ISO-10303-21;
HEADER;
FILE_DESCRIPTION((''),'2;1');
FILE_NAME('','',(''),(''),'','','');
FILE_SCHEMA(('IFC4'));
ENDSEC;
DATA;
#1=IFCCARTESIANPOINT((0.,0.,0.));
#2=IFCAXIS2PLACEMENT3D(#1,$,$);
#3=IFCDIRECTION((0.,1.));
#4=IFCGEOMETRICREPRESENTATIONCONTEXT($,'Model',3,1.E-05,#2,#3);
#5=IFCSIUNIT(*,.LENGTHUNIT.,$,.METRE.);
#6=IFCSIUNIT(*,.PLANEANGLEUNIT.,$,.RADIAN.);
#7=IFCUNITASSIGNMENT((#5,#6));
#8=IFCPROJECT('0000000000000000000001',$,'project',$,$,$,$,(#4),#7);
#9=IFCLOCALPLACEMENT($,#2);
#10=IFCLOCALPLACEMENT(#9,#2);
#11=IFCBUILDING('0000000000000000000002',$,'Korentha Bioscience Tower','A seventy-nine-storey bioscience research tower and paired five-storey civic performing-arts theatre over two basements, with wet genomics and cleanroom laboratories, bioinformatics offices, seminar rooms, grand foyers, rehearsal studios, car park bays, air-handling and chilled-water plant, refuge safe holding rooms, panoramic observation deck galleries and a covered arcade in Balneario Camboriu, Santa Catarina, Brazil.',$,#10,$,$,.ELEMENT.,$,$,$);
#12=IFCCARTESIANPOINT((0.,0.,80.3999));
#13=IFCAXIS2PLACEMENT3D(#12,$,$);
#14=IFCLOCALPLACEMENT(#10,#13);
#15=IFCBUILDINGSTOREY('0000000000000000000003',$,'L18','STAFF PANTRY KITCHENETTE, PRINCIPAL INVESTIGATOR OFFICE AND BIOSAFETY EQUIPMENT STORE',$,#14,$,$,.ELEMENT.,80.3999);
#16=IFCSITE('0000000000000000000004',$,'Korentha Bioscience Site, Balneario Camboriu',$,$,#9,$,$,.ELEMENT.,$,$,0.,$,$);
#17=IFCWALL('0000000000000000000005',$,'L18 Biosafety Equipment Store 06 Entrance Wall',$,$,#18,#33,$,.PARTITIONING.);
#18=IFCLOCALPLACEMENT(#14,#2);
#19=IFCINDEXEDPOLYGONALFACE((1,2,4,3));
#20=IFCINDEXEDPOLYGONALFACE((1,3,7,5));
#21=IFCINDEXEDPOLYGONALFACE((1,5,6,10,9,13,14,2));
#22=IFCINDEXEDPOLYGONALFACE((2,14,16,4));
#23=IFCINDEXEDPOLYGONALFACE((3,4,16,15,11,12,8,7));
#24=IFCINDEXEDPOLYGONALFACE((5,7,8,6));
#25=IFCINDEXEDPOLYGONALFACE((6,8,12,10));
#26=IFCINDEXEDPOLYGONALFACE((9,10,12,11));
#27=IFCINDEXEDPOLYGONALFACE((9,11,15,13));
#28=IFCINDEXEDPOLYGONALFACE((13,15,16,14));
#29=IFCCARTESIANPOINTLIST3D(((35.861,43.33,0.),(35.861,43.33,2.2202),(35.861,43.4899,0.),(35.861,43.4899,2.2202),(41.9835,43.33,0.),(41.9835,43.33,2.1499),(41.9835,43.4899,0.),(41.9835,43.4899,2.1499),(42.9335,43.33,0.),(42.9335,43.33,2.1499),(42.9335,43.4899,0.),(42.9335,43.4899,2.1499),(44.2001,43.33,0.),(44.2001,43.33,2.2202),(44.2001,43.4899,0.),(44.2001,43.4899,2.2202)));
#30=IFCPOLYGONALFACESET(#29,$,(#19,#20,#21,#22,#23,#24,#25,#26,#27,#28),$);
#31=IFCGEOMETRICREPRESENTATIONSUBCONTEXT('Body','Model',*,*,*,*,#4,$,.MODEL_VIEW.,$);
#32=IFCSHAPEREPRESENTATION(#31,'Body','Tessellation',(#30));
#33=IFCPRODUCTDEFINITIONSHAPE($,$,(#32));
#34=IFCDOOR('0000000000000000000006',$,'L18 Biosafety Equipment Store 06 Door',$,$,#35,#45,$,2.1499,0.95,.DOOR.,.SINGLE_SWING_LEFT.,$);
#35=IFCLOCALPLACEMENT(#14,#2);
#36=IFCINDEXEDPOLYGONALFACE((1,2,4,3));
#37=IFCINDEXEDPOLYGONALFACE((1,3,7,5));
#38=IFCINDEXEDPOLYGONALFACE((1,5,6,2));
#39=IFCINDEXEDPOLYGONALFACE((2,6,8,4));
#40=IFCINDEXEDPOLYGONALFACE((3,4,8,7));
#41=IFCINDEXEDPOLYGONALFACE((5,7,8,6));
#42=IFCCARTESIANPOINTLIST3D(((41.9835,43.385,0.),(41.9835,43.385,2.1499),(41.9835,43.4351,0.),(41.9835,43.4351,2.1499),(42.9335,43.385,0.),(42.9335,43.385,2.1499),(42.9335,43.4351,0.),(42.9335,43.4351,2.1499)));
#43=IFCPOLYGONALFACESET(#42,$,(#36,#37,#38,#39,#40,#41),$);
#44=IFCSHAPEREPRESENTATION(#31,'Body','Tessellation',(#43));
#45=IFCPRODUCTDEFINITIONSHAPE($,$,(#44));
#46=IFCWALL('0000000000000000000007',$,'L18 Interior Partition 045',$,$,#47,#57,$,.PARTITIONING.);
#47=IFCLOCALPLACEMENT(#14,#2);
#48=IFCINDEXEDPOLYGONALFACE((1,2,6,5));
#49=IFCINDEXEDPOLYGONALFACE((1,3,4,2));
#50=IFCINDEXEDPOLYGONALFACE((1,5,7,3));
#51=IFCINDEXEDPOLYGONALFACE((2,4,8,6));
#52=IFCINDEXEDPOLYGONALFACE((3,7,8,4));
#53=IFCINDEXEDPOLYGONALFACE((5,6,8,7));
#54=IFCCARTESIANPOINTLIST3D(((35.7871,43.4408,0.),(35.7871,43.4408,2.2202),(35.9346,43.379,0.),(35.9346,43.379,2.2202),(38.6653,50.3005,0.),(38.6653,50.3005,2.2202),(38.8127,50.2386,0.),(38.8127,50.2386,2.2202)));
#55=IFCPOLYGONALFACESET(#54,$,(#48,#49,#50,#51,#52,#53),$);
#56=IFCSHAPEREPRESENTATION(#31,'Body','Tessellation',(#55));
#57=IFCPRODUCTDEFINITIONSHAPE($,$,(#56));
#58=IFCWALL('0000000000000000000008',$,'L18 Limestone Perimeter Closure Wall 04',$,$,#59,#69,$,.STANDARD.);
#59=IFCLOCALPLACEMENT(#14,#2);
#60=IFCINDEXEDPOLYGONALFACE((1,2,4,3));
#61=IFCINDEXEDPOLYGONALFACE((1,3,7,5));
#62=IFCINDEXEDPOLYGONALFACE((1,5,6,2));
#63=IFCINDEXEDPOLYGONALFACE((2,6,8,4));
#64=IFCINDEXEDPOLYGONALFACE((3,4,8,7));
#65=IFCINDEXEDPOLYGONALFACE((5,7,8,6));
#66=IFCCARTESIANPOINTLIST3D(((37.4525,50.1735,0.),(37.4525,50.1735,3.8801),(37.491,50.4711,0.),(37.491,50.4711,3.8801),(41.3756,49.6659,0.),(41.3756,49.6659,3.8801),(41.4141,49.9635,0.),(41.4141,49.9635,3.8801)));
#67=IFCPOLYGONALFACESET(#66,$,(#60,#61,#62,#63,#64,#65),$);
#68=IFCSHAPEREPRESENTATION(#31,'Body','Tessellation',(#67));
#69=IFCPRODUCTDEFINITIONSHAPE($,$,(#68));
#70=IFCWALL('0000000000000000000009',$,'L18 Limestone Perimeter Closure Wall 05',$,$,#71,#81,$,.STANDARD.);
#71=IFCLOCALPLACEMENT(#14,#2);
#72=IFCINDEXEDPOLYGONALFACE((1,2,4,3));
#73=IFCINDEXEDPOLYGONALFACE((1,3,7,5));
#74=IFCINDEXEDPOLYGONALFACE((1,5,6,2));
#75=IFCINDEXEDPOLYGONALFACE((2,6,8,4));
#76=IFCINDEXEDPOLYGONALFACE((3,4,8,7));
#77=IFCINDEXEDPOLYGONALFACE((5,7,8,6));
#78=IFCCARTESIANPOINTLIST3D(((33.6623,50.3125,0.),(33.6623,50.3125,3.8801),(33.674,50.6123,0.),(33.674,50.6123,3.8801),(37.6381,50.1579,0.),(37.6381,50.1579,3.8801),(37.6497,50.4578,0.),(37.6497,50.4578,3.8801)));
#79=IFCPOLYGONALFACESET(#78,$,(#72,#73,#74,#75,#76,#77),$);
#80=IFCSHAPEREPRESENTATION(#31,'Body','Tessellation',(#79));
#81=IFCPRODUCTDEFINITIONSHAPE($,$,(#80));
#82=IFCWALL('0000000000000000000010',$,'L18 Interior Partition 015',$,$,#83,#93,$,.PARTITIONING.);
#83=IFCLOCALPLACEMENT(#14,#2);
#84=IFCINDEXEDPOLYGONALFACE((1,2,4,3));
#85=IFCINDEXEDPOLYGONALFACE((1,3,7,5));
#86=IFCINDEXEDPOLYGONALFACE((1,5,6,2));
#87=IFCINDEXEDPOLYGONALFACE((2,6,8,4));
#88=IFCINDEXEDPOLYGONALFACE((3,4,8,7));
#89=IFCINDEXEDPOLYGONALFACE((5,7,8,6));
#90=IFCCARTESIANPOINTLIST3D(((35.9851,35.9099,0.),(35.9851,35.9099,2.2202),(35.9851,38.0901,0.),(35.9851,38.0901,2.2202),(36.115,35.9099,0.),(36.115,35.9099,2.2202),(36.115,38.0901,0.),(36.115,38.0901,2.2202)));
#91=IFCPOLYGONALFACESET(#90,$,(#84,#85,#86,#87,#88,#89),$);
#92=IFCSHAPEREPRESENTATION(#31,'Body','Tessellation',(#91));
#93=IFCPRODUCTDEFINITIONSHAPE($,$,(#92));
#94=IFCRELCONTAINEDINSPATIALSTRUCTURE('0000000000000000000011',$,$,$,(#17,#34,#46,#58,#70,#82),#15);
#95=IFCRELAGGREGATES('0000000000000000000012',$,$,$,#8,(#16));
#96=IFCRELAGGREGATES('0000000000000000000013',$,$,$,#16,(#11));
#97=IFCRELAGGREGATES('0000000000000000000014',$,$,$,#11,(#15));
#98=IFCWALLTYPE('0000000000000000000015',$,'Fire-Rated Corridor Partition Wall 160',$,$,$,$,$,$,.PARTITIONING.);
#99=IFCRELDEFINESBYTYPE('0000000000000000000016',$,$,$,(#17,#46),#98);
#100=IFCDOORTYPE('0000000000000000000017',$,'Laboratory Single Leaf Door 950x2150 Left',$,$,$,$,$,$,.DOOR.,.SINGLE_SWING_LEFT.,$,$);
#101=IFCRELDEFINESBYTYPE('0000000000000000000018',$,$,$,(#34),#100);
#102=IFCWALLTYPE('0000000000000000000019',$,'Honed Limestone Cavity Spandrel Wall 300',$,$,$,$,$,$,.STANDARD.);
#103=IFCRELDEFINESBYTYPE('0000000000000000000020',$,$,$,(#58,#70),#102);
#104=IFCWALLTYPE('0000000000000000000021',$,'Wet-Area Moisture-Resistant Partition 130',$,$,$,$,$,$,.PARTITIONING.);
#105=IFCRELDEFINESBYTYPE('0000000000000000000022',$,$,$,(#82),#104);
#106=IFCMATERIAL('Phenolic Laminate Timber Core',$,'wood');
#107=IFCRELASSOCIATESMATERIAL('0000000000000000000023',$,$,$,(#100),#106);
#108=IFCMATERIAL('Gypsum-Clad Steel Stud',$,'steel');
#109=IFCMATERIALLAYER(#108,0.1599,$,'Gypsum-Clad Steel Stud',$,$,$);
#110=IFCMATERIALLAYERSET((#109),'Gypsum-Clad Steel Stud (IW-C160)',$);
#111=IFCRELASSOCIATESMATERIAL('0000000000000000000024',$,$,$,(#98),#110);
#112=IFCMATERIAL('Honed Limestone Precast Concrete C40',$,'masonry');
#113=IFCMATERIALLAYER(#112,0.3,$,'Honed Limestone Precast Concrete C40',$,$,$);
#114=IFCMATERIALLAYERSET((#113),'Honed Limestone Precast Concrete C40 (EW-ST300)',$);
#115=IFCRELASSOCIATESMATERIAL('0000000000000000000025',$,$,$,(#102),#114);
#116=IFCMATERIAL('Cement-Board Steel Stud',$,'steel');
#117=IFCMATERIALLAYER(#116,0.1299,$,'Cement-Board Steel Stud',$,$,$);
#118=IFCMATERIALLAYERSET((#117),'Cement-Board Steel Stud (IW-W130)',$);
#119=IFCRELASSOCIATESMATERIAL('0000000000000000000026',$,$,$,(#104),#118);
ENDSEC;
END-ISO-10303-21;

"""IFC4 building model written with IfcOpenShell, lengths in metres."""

from ifc_helpers import new_model, si_unit, direction, frame, frame_2d, origin, place, context, subcontext, project, spatial, rectangle, extrude, material, layer, layer_set, type_object, element, fill, save


model = new_model("IFC4")

# Units and contexts
model_context = context("Model", 3, precision=1e-05, world=origin(), true_north=direction((0.0, 1.0)))
body_context = subcontext(model_context, "Body", "Model", "MODEL_VIEW")
ifc_project = project(units=[si_unit("LENGTHUNIT", "METRE"), si_unit("PLANEANGLEUNIT", "RADIAN")], contexts=[model_context])

# Site, building, storey
site_placement = place(None, origin())
site = spatial("IfcSite", under=ifc_project, at=site_placement, Name="Korentha Bioscience Site, Balneario Camboriu", CompositionType="ELEMENT", RefElevation=0.0)
building_placement = place(site_placement, origin())
building = spatial("IfcBuilding", under=site, at=building_placement, Name="Korentha Bioscience Tower", Description="A seventy-nine-storey bioscience research tower and paired five-storey civic performing-arts theatre over two basements, with wet genomics and cleanroom laboratories, bioinformatics offices, seminar rooms, grand foyers, rehearsal studios, car park bays, air-handling and chilled-water plant, refuge safe holding rooms, panoramic observation deck galleries and a covered arcade in Balneario Camboriu, Santa Catarina, Brazil.", CompositionType="ELEMENT")
storey_placement = place(building_placement, frame((0.0, 0.0, 80.3999)))
storey = spatial("IfcBuildingStorey", under=building, at=storey_placement, Name="L18", Description="STAFF PANTRY KITCHENETTE, PRINCIPAL INVESTIGATOR OFFICE AND BIOSAFETY EQUIPMENT STORE", CompositionType="ELEMENT", Elevation=80.3999)

# Shared definitions
ifc_material_1 = material(Name="Phenolic Laminate Timber Core", Category="wood")

# Wall, opening, door
door_type_1 = type_object("IfcDoorType", Name="Laboratory Single Leaf Door 950x2150 Left", OperationType="SINGLE_SWING_LEFT", PredefinedType="DOOR", material=ifc_material_1)
ifc_material_2 = material(Name="Gypsum-Clad Steel Stud", Category="steel")
ifc_layer_1 = layer(ifc_material_2, 0.1599, Name="Gypsum-Clad Steel Stud")
ifc_layer_set_1 = layer_set([ifc_layer_1], Name="Gypsum-Clad Steel Stud (IW-C160)")
wall_type_1 = type_object("IfcWallType", Name="Fire-Rated Corridor Partition Wall 160", PredefinedType="PARTITIONING", material=ifc_layer_set_1)
wall_1_placement = place(storey_placement, frame((44.2, 43.4099, 0.0), z_axis=(0.0, 0.0, 1.0), x_axis=(-1.0, 0.0, 0.0)))
wall_1 = element("IfcWall", 1, at=wall_1_placement, inside=storey, type_object=wall_type_1, Name="L18 Biosafety Equipment Store 06 Entrance Wall", PredefinedType="PARTITIONING", context=body_context, shape_type="SweptSolid", body=[
    extrude(rectangle(XDim=8.3391, YDim=0.1599, at=frame_2d((4.1694, 0.0))), origin(), (0.0, 0.0, 1.0), 2.2202),
])
opening_1_placement = place(wall_1_placement, frame((1.2664, 0.0, 0.0)))
opening_1 = element("IfcOpeningElement", 2, at=opening_1_placement, cuts=wall_1, PredefinedType="OPENING", context=body_context, shape_type="SweptSolid", body=[
    extrude(rectangle(XDim=0.95, YDim=2.1499, at=frame_2d((0.4751, 1.075))), frame((0.0, 0.0947, 0.0), z_axis=(0.0, -1.0, 0.0), x_axis=(1.0, 0.0, 0.0)), (0.0, 0.0, 1.0), 0.1897),
])
door_1_placement = place(opening_1_placement, origin())
door_1 = element("IfcDoor", 3, at=door_1_placement, inside=storey, type_object=door_type_1, Name="L18 Biosafety Equipment Store 06 Door", OperationType="SINGLE_SWING_LEFT", OverallHeight=2.1499, OverallWidth=0.95, PredefinedType="DOOR", context=body_context, shape_type="SweptSolid", body=[
    extrude(rectangle(XDim=0.95, YDim=2.1499, at=frame_2d((0.4751, 1.075))), frame((0.0, 0.0249, 0.0), z_axis=(0.0, -1.0, 0.0), x_axis=(1.0, 0.0, 0.0)), (0.0, 0.0, 1.0), 0.05),
])
fill(opening_1, door_1)

# Wall
wall_2_placement = place(storey_placement, frame((35.8608, 43.4099, 0.0), z_axis=(0.0, 0.0, 1.0), x_axis=(0.386905, 0.92212, 0.0)))
element("IfcWall", 4, at=wall_2_placement, inside=storey, type_object=wall_type_1, Name="L18 Interior Partition 045", PredefinedType="PARTITIONING", context=body_context, shape_type="SweptSolid", body=[
    extrude(rectangle(XDim=7.439, YDim=0.1599, at=frame_2d((3.7195, 0.0))), origin(), (0.0, 0.0, 1.0), 2.2202),
])

# Shared definitions
ifc_material_3 = material(Name="Honed Limestone Precast Concrete C40", Category="masonry")
ifc_layer_2 = layer(ifc_material_3, 0.3, Name="Honed Limestone Precast Concrete C40")
ifc_layer_set_2 = layer_set([ifc_layer_2], Name="Honed Limestone Precast Concrete C40 (EW-ST300)")
wall_type_2 = type_object("IfcWallType", Name="Honed Limestone Cavity Spandrel Wall 300", PredefinedType="STANDARD", material=ifc_layer_set_2)

# Walls
wall_3_placement = place(storey_placement, frame((41.395, 49.8147, 0.0), z_axis=(0.0, 0.0, 1.0), x_axis=(-0.991734, 0.12831, 0.0)))
element("IfcWall", 5, at=wall_3_placement, inside=storey, type_object=wall_type_2, Name="L18 Limestone Perimeter Closure Wall 04", PredefinedType="STANDARD", context=body_context, shape_type="SweptSolid", body=[
    extrude(rectangle(XDim=3.9558, YDim=0.3, at=frame_2d((1.978, 0.0))), origin(), (0.0, 0.0, 1.0), 3.8801),
])
wall_4_placement = place(storey_placement, frame((37.6438, 50.3079, 0.0), z_axis=(0.0, 0.0, 1.0), x_axis=(-0.999245, 0.038841, 0.0)))
element("IfcWall", 6, at=wall_4_placement, inside=storey, type_object=wall_type_2, Name="L18 Limestone Perimeter Closure Wall 05", PredefinedType="STANDARD", context=body_context, shape_type="SweptSolid", body=[
    extrude(rectangle(XDim=3.9788, YDim=0.3, at=frame_2d((1.9893, 0.0))), origin(), (0.0, 0.0, 1.0), 3.8801),
])

# Shared definitions
ifc_material_4 = material(Name="Cement-Board Steel Stud", Category="steel")
ifc_layer_3 = layer(ifc_material_4, 0.1299, Name="Cement-Board Steel Stud")
ifc_layer_set_3 = layer_set([ifc_layer_3], Name="Cement-Board Steel Stud (IW-W130)")
wall_type_3 = type_object("IfcWallType", Name="Wet-Area Moisture-Resistant Partition 130", PredefinedType="PARTITIONING", material=ifc_layer_set_3)

# Wall
wall_5_placement = place(storey_placement, frame((36.05, 38.0901, 0.0), z_axis=(0.0, 0.0, 1.0), x_axis=(0.0, -1.0, 0.0)))
element("IfcWall", 7, at=wall_5_placement, inside=storey, type_object=wall_type_3, Name="L18 Interior Partition 015", PredefinedType="PARTITIONING", context=body_context, shape_type="SweptSolid", body=[
    extrude(rectangle(XDim=2.1802, YDim=0.1299, at=frame_2d((1.0901, 0.0))), origin(), (0.0, 0.0, 1.0), 2.2202),
])

save(model, "model.ifc")
